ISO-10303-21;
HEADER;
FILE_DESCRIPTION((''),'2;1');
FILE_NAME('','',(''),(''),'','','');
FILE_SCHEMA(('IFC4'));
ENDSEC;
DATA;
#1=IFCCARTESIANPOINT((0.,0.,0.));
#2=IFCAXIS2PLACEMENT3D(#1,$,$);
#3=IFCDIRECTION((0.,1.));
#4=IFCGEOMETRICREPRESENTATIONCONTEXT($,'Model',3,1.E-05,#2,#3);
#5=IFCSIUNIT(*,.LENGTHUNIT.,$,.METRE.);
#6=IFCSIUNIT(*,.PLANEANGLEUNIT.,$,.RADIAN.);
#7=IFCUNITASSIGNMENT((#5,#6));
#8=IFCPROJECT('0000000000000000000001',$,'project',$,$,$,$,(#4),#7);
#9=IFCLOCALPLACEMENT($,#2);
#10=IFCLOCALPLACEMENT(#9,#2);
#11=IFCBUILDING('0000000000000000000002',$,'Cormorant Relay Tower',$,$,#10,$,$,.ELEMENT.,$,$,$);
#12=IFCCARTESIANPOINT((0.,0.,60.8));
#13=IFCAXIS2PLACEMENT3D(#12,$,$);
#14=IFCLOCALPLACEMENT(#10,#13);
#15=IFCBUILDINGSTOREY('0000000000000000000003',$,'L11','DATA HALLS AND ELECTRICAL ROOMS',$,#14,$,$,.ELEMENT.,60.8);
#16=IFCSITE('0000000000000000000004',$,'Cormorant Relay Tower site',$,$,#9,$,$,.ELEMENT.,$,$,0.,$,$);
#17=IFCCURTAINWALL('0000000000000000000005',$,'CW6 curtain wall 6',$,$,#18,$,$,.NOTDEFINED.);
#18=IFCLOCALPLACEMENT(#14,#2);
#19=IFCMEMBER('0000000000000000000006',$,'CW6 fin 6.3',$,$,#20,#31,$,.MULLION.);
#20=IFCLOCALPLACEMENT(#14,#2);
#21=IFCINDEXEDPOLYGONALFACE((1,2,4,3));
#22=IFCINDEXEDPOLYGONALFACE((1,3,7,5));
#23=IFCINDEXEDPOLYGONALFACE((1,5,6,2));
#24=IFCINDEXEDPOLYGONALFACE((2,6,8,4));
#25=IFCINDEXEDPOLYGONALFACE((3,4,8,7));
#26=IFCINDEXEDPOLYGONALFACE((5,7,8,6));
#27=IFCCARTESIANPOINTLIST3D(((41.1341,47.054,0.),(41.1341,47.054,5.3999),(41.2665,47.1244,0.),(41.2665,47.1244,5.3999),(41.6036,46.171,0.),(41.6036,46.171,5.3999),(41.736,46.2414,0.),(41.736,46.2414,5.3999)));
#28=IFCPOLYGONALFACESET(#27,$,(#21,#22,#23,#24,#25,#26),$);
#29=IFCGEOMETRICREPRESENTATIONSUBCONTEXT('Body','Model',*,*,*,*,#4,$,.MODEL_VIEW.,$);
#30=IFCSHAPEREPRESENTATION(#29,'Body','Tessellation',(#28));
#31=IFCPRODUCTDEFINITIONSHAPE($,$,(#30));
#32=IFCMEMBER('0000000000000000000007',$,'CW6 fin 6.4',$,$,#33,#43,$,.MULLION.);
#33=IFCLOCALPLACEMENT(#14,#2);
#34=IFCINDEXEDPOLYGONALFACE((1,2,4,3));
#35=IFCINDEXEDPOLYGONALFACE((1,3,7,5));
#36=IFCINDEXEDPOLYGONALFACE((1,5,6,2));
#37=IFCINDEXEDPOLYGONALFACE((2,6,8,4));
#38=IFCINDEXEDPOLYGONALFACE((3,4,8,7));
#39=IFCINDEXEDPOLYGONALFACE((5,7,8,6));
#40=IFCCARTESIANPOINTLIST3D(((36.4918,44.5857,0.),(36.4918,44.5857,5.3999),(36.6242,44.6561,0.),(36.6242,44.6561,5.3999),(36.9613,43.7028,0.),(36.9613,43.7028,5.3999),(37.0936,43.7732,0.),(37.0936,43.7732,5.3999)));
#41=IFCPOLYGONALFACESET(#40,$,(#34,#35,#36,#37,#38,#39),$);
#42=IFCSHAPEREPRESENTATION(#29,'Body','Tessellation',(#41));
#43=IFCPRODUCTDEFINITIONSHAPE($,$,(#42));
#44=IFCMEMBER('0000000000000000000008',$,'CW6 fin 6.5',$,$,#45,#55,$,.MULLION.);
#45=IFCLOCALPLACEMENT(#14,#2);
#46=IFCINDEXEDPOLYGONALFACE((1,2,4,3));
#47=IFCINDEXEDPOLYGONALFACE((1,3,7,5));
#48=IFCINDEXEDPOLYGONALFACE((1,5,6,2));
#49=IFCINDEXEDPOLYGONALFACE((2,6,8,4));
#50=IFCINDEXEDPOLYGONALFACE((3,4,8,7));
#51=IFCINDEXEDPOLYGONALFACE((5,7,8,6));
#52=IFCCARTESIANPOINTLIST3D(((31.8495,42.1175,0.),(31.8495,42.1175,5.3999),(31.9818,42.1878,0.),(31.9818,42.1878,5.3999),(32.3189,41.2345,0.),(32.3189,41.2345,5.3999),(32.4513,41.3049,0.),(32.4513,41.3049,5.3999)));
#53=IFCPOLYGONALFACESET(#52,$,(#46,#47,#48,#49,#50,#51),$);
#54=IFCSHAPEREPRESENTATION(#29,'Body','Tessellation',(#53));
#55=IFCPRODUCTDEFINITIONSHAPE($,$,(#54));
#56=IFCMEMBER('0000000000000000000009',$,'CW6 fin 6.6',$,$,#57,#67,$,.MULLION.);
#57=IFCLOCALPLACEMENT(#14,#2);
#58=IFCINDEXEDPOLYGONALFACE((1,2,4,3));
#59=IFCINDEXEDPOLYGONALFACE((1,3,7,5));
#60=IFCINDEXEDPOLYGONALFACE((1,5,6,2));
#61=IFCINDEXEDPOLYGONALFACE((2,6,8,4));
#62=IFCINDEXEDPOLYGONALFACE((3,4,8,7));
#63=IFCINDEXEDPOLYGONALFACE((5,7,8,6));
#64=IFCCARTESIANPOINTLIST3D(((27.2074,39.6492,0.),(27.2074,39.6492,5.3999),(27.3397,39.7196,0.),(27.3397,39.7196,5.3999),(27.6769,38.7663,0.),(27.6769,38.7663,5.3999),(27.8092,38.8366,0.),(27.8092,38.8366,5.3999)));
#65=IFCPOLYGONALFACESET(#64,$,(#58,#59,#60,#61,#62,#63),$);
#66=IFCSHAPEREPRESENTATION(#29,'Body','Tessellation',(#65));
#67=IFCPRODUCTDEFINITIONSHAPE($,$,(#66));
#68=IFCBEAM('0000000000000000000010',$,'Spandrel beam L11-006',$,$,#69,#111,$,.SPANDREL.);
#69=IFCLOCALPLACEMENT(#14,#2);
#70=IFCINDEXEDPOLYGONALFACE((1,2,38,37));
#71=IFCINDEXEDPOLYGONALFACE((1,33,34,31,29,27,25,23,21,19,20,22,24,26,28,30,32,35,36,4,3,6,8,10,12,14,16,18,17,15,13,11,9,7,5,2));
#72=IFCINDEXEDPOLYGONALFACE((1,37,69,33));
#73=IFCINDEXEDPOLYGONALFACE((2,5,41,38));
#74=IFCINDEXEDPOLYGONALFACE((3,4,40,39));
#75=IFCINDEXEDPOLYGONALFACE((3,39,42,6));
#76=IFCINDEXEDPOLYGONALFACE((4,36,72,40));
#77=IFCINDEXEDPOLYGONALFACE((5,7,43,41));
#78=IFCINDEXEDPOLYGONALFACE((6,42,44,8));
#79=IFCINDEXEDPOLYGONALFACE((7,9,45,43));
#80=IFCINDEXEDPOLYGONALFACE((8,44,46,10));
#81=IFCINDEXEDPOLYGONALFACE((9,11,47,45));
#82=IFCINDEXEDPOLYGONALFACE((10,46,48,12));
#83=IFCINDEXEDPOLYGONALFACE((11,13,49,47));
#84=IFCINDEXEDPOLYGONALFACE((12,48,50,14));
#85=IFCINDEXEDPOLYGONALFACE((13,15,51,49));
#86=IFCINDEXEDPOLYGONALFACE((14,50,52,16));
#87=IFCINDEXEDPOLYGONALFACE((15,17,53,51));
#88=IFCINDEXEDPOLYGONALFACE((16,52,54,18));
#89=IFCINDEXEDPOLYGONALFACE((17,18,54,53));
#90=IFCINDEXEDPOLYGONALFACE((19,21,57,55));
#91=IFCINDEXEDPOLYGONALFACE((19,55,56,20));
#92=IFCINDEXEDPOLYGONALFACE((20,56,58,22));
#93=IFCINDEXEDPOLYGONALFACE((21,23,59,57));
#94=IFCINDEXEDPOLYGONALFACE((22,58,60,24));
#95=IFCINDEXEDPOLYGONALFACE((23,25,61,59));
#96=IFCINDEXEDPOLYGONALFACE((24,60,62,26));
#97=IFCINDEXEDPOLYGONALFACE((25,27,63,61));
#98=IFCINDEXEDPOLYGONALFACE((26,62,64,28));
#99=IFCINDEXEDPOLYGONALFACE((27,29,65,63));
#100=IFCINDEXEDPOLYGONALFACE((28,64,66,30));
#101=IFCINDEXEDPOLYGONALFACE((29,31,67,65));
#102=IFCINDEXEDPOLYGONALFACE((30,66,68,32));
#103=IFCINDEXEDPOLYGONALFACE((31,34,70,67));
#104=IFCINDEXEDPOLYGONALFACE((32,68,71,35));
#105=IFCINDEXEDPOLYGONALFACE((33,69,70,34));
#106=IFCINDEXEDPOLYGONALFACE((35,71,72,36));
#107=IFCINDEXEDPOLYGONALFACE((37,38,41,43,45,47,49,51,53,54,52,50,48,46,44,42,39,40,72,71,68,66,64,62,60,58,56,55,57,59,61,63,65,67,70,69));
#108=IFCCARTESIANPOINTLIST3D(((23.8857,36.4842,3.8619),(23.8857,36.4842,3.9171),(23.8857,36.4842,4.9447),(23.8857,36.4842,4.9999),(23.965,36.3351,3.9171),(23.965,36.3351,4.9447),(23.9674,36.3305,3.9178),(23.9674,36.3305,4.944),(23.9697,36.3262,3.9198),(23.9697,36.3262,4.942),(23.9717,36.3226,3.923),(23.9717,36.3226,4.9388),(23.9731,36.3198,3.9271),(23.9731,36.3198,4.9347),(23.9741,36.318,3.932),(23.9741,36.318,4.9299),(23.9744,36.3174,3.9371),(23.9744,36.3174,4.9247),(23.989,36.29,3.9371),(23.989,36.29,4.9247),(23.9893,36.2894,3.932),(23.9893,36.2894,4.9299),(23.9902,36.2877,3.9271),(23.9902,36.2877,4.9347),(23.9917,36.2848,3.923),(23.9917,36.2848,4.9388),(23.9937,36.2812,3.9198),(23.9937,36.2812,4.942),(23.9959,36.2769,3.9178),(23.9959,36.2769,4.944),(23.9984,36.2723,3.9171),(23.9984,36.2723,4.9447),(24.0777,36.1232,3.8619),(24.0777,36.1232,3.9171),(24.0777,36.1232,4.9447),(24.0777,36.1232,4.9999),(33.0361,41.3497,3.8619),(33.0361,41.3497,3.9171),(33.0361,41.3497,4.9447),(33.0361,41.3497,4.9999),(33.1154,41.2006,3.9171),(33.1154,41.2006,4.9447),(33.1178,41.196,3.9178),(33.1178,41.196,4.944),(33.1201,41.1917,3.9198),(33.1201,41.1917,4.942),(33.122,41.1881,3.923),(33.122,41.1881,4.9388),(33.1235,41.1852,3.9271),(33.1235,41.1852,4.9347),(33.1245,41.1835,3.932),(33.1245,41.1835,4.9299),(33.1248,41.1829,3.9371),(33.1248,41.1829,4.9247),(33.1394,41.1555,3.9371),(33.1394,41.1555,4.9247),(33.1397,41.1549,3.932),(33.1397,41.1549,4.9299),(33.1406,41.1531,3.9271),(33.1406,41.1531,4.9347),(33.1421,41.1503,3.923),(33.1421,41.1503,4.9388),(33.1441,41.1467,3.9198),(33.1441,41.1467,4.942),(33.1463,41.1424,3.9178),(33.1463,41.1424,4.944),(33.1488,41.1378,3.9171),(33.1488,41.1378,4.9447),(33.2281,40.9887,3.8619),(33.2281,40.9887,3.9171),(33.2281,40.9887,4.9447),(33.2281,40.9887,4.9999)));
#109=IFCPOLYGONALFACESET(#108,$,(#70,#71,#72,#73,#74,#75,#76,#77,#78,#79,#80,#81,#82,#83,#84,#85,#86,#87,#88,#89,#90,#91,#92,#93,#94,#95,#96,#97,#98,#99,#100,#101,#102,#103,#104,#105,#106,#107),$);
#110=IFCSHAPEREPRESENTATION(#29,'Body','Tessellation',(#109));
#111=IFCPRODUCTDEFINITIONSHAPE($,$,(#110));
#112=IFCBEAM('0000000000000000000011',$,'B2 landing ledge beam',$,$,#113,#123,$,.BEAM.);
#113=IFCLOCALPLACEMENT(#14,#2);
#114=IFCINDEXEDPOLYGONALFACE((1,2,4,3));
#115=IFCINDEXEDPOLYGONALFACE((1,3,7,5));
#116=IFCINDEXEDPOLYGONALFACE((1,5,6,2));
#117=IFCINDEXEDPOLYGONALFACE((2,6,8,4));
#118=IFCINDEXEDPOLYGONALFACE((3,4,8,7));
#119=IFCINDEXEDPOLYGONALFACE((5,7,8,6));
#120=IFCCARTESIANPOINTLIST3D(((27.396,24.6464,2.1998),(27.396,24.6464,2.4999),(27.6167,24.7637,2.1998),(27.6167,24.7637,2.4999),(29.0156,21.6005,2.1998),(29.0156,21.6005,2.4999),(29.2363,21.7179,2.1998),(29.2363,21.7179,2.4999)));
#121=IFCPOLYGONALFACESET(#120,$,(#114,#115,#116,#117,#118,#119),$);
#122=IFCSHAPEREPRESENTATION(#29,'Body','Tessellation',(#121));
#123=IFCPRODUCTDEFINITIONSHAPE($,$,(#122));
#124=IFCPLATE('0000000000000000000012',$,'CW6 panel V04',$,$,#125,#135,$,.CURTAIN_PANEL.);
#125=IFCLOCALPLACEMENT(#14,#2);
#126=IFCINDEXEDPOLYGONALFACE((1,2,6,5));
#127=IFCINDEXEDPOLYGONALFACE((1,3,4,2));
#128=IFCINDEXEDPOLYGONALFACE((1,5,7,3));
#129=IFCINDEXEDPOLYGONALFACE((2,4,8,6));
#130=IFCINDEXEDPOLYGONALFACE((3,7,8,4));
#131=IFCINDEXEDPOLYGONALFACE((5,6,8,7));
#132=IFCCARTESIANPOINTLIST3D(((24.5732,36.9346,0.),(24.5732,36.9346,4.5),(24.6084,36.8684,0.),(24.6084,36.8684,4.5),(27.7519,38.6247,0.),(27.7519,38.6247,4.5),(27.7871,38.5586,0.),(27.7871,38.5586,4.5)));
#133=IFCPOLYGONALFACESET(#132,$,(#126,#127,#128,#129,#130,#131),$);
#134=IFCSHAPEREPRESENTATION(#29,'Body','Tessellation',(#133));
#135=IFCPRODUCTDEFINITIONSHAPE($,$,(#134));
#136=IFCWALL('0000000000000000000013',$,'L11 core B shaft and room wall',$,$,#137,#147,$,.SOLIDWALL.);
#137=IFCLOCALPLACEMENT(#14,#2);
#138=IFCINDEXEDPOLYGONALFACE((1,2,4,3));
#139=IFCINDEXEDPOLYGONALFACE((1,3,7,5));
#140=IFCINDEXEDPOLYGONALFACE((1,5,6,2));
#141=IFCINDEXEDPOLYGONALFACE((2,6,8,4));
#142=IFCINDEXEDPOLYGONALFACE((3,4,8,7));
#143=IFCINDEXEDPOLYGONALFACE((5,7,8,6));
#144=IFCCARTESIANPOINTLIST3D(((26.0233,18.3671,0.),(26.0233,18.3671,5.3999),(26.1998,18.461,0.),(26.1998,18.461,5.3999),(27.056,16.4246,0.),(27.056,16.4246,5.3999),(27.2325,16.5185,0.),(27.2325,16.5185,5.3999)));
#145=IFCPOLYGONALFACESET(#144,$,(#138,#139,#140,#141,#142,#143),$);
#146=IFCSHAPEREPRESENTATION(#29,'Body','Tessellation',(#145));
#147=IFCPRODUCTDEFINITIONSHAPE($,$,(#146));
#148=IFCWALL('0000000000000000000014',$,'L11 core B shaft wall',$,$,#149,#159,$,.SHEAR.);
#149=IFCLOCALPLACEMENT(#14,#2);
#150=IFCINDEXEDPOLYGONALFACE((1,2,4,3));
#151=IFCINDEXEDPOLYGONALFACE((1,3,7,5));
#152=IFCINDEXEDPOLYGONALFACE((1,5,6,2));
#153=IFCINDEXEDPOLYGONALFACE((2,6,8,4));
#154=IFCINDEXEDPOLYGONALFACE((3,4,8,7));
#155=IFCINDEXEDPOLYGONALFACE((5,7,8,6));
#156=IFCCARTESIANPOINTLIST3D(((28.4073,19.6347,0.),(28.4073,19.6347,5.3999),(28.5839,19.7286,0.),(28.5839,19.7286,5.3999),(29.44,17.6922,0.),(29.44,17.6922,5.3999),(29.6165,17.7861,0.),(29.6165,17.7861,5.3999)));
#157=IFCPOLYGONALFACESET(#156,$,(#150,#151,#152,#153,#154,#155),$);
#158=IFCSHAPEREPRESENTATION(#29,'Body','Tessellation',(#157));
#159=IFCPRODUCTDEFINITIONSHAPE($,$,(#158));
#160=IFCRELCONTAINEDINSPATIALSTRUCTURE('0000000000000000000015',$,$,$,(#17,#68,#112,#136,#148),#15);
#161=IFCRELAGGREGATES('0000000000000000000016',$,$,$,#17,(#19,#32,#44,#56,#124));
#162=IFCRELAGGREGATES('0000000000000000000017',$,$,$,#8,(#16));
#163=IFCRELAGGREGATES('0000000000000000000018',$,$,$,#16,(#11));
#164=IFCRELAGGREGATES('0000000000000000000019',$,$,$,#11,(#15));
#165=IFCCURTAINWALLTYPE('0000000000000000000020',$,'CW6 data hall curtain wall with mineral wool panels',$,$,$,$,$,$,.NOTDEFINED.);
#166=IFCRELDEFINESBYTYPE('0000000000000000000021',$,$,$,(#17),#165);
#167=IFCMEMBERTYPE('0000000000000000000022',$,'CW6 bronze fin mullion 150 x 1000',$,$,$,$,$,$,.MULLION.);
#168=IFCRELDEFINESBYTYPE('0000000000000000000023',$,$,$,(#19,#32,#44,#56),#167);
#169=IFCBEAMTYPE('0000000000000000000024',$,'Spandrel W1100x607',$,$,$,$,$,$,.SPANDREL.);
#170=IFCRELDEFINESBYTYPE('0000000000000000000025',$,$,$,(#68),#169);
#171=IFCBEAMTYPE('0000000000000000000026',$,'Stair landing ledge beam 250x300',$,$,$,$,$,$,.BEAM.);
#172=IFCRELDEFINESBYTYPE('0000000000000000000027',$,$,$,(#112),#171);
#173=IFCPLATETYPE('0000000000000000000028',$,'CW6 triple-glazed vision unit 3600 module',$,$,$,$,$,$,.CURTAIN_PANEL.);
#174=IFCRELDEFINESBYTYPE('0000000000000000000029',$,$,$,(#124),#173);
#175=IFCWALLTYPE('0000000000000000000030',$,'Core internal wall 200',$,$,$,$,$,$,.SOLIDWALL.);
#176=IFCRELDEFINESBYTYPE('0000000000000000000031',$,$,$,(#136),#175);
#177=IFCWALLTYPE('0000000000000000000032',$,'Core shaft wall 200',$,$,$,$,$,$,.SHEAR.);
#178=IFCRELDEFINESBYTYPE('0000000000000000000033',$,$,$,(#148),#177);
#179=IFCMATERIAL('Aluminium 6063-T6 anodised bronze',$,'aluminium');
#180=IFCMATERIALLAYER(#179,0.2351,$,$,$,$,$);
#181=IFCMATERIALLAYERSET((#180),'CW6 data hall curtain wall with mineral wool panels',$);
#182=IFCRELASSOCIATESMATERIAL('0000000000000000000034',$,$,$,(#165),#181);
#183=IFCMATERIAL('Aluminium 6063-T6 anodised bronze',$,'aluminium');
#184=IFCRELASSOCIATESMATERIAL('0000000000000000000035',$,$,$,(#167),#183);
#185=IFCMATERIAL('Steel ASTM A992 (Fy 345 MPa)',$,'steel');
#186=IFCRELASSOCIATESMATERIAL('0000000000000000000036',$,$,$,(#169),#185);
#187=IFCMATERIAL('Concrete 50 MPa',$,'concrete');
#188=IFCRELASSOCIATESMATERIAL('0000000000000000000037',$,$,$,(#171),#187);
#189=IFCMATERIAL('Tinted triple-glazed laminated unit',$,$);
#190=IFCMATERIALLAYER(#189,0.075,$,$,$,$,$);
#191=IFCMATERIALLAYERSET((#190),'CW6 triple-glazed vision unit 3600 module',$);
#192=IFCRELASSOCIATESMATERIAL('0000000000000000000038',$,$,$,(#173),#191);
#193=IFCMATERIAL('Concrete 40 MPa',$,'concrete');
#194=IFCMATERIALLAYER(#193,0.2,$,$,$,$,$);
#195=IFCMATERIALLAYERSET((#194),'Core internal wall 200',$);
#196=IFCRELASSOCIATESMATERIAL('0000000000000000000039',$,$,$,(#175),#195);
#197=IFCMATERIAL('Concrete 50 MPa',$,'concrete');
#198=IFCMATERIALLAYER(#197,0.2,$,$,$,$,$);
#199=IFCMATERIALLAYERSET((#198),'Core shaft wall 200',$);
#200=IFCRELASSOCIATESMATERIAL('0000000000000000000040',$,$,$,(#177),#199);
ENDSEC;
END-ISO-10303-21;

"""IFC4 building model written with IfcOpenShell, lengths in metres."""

from ifc_helpers import new_model, si_unit, direction, frame, frame_2d, origin, origin_2d, place, context, subcontext, project, spatial, rectangle, i_section, extrude, material, layer, layer_set, material_profile, profile_set, type_object, element, aggregate, save


model = new_model("IFC4")

# Units and contexts
model_context = context("Model", 3, precision=1e-05, world=origin(), true_north=direction((0.0, 1.0)))
body_context = subcontext(model_context, "Body", "Model", "MODEL_VIEW")
ifc_project = project(units=[si_unit("LENGTHUNIT", "METRE"), si_unit("PLANEANGLEUNIT", "RADIAN")], contexts=[model_context])

# Site, building, storey
site_placement = place(None, origin())
site = spatial("IfcSite", under=ifc_project, at=site_placement, Name="Cormorant Relay Tower site", CompositionType="ELEMENT", RefElevation=0.0)
building_placement = place(site_placement, origin())
building = spatial("IfcBuilding", under=site, at=building_placement, Name="Cormorant Relay Tower", CompositionType="ELEMENT")
storey_placement = place(building_placement, frame((0.0, 0.0, 60.8)))
storey = spatial("IfcBuildingStorey", under=building, at=storey_placement, Name="L11", Description="DATA HALLS AND ELECTRICAL ROOMS", CompositionType="ELEMENT", Elevation=60.8)

# Curtain wall, members
ifc_material_1 = material(Name="Aluminium 6063-T6 anodised bronze", Category="aluminium")
ifc_layer_1 = layer(ifc_material_1, 0.2351)
ifc_layer_set_1 = layer_set([ifc_layer_1], Name="CW6 data hall curtain wall with mineral wool panels")
curtain_wall_type = type_object("IfcCurtainWallType", Name="CW6 data hall curtain wall with mineral wool panels", PredefinedType="NOTDEFINED", material=ifc_layer_set_1)
curtain_wall_placement = place(storey_placement, origin())
curtain_wall = element("IfcCurtainWall", 1, at=curtain_wall_placement, inside=storey, type_object=curtain_wall_type, Name="CW6 curtain wall 6", PredefinedType="NOTDEFINED")
ifc_material_2 = material(Name="Aluminium 6063-T6 anodised bronze", Category="aluminium")
ifc_material_profile_1 = material_profile(ifc_material_2, rectangle(XDim=0.1499, YDim=1.0, at=origin_2d()), Name="AL 150x1000")
ifc_profile_set_1 = profile_set([ifc_material_profile_1], Name="Aluminium 6063-T6 anodised bronze")
member_type = type_object("IfcMemberType", Name="CW6 bronze fin mullion 150 x 1000", PredefinedType="MULLION", material=ifc_profile_set_1)
member_1_placement = place(storey_placement, frame((41.4351, 46.6477, 0.0), z_axis=(0.0, 0.0, 1.0), x_axis=(-0.882948, -0.469472, 0.0)))
member_1 = element("IfcMember", 2, at=member_1_placement, type_object=member_type, Name="CW6 fin 6.3", PredefinedType="MULLION", context=body_context, shape_type="SweptSolid", body=[
    extrude(rectangle(XDim=0.1499, YDim=1.0, at=origin_2d()), origin(), (0.0, 0.0, 1.0), 5.3999),
])
member_2_placement = place(storey_placement, frame((36.7927, 44.1794, 0.0), z_axis=(0.0, 0.0, 1.0), x_axis=(-0.882948, -0.469472, 0.0)))
member_2 = element("IfcMember", 3, at=member_2_placement, type_object=member_type, Name="CW6 fin 6.4", PredefinedType="MULLION", context=body_context, shape_type="SweptSolid", body=[
    extrude(rectangle(XDim=0.1499, YDim=1.0, at=origin_2d()), origin(), (0.0, 0.0, 1.0), 5.3999),
])
member_3_placement = place(storey_placement, frame((32.1504, 41.7112, 0.0), z_axis=(0.0, 0.0, 1.0), x_axis=(-0.882948, -0.469472, 0.0)))
member_3 = element("IfcMember", 4, at=member_3_placement, type_object=member_type, Name="CW6 fin 6.5", PredefinedType="MULLION", context=body_context, shape_type="SweptSolid", body=[
    extrude(rectangle(XDim=0.1499, YDim=1.0, at=origin_2d()), origin(), (0.0, 0.0, 1.0), 5.3999),
])
member_4_placement = place(storey_placement, frame((27.5083, 39.2429, 0.0), z_axis=(0.0, 0.0, 1.0), x_axis=(-0.882948, -0.469472, 0.0)))
member_4 = element("IfcMember", 5, at=member_4_placement, type_object=member_type, Name="CW6 fin 6.6", PredefinedType="MULLION", context=body_context, shape_type="SweptSolid", body=[
    extrude(rectangle(XDim=0.1499, YDim=1.0, at=origin_2d()), origin(), (0.0, 0.0, 1.0), 5.3999),
])

# Beams
ifc_material_3 = material(Name="Steel ASTM A992 (Fy 345 MPa)", Category="steel")
ifc_material_profile_2 = material_profile(ifc_material_3, i_section(OverallWidth=0.4089, OverallDepth=1.1379, WebThickness=0.031, FlangeThickness=0.0552, FilletRadius=0.02, at=origin_2d()), Name="W1100x607")
ifc_profile_set_2 = profile_set([ifc_material_profile_2], Name="Steel ASTM A992 (Fy 345 MPa)")
beam_type_1 = type_object("IfcBeamType", Name="Spandrel W1100x607", PredefinedType="SPANDREL", material=ifc_profile_set_2)
beam_1_placement = place(storey_placement, frame((33.1321, 41.1692, 4.4309), z_axis=(-0.882942, -0.469481, 0.0), x_axis=(0.469481, -0.882942, 0.0)))
element("IfcBeam", 6, at=beam_1_placement, inside=storey, type_object=beam_type_1, Name="Spandrel beam L11-006", PredefinedType="SPANDREL", context=body_context, shape_type="SweptSolid", body=[
    extrude(i_section(OverallWidth=0.4089, OverallDepth=1.1379, WebThickness=0.031, FlangeThickness=0.0552, FilletRadius=0.02, at=origin_2d()), origin(), (0.0, 0.0, 1.0), 10.3635),
])
ifc_material_4 = material(Name="Concrete 50 MPa", Category="concrete")
ifc_material_profile_3 = material_profile(ifc_material_4, rectangle(XDim=0.25, YDim=0.3, at=origin_2d()), Name="RC 250x300")
ifc_profile_set_3 = profile_set([ifc_material_profile_3], Name="Concrete 50 MPa")
beam_type_2 = type_object("IfcBeamType", Name="Stair landing ledge beam 250x300", PredefinedType="BEAM", material=ifc_profile_set_3)
beam_2_placement = place(storey_placement, frame((29.126, 21.6592, 2.3499), z_axis=(-0.469493, 0.882936, 0.0), x_axis=(-0.882936, -0.469493, 0.0)))
element("IfcBeam", 7, at=beam_2_placement, inside=storey, type_object=beam_type_2, Name="B2 landing ledge beam", PredefinedType="BEAM", context=body_context, shape_type="SweptSolid", body=[
    extrude(rectangle(XDim=0.25, YDim=0.3, at=origin_2d()), origin(), (0.0, 0.0, 1.0), 3.4497),
])

# Plate
ifc_material_5 = material(Name="Tinted triple-glazed laminated unit")
ifc_layer_2 = layer(ifc_material_5, 0.075)
ifc_layer_set_2 = layer_set([ifc_layer_2], Name="CW6 triple-glazed vision unit 3600 module")
plate_type = type_object("IfcPlateType", Name="CW6 triple-glazed vision unit 3600 module", PredefinedType="CURTAIN_PANEL", material=ifc_layer_set_2)
plate_placement = place(storey_placement, frame((26.1802, 37.7466, 0.0), z_axis=(0.0, 0.0, 1.0), x_axis=(-0.882948, -0.469472, 0.0)))
plate = element("IfcPlate", 8, at=plate_placement, type_object=plate_type, Name="CW6 panel V04", PredefinedType="CURTAIN_PANEL", context=body_context, shape_type="SweptSolid", body=[
    extrude(rectangle(XDim=3.6001, YDim=0.075, at=origin_2d()), origin(), (0.0, 0.0, 1.0), 4.5),
])

# Walls
ifc_material_6 = material(Name="Concrete 40 MPa", Category="concrete")
ifc_layer_3 = layer(ifc_material_6, 0.2)
ifc_layer_set_3 = layer_set([ifc_layer_3], Name="Core internal wall 200")
wall_type_1 = type_object("IfcWallType", Name="Core internal wall 200", PredefinedType="SOLIDWALL", material=ifc_layer_set_3)
wall_1_placement = place(storey_placement, frame((27.1443, 16.4714, 0.0), z_axis=(0.0, 0.0, 1.0), x_axis=(-0.469401, 0.882985, 0.0)))
element("IfcWall", 9, at=wall_1_placement, inside=storey, type_object=wall_type_1, Name="L11 core B shaft and room wall", PredefinedType="SOLIDWALL", context=body_context, shape_type="SweptSolid", body=[
    extrude(rectangle(XDim=2.2, YDim=0.2, at=frame_2d((1.1001, 0.0))), origin(), (0.0, 0.0, 1.0), 5.3999),
])
ifc_material_7 = material(Name="Concrete 50 MPa", Category="concrete")
ifc_layer_4 = layer(ifc_material_7, 0.2)
ifc_layer_set_4 = layer_set([ifc_layer_4], Name="Core shaft wall 200")
wall_type_2 = type_object("IfcWallType", Name="Core shaft wall 200", PredefinedType="SHEAR", material=ifc_layer_set_4)
wall_2_placement = place(storey_placement, frame((29.5283, 17.739, 0.0), z_axis=(0.0, 0.0, 1.0), x_axis=(-0.469401, 0.882985, 0.0)))
element("IfcWall", 10, at=wall_2_placement, inside=storey, type_object=wall_type_2, Name="L11 core B shaft wall", PredefinedType="SHEAR", context=body_context, shape_type="SweptSolid", body=[
    extrude(rectangle(XDim=2.2, YDim=0.2, at=frame_2d((1.1001, 0.0))), origin(), (0.0, 0.0, 1.0), 5.3999),
])

aggregate(curtain_wall, [member_1, member_2, member_3, member_4, plate])

save(model, "model.ifc")
